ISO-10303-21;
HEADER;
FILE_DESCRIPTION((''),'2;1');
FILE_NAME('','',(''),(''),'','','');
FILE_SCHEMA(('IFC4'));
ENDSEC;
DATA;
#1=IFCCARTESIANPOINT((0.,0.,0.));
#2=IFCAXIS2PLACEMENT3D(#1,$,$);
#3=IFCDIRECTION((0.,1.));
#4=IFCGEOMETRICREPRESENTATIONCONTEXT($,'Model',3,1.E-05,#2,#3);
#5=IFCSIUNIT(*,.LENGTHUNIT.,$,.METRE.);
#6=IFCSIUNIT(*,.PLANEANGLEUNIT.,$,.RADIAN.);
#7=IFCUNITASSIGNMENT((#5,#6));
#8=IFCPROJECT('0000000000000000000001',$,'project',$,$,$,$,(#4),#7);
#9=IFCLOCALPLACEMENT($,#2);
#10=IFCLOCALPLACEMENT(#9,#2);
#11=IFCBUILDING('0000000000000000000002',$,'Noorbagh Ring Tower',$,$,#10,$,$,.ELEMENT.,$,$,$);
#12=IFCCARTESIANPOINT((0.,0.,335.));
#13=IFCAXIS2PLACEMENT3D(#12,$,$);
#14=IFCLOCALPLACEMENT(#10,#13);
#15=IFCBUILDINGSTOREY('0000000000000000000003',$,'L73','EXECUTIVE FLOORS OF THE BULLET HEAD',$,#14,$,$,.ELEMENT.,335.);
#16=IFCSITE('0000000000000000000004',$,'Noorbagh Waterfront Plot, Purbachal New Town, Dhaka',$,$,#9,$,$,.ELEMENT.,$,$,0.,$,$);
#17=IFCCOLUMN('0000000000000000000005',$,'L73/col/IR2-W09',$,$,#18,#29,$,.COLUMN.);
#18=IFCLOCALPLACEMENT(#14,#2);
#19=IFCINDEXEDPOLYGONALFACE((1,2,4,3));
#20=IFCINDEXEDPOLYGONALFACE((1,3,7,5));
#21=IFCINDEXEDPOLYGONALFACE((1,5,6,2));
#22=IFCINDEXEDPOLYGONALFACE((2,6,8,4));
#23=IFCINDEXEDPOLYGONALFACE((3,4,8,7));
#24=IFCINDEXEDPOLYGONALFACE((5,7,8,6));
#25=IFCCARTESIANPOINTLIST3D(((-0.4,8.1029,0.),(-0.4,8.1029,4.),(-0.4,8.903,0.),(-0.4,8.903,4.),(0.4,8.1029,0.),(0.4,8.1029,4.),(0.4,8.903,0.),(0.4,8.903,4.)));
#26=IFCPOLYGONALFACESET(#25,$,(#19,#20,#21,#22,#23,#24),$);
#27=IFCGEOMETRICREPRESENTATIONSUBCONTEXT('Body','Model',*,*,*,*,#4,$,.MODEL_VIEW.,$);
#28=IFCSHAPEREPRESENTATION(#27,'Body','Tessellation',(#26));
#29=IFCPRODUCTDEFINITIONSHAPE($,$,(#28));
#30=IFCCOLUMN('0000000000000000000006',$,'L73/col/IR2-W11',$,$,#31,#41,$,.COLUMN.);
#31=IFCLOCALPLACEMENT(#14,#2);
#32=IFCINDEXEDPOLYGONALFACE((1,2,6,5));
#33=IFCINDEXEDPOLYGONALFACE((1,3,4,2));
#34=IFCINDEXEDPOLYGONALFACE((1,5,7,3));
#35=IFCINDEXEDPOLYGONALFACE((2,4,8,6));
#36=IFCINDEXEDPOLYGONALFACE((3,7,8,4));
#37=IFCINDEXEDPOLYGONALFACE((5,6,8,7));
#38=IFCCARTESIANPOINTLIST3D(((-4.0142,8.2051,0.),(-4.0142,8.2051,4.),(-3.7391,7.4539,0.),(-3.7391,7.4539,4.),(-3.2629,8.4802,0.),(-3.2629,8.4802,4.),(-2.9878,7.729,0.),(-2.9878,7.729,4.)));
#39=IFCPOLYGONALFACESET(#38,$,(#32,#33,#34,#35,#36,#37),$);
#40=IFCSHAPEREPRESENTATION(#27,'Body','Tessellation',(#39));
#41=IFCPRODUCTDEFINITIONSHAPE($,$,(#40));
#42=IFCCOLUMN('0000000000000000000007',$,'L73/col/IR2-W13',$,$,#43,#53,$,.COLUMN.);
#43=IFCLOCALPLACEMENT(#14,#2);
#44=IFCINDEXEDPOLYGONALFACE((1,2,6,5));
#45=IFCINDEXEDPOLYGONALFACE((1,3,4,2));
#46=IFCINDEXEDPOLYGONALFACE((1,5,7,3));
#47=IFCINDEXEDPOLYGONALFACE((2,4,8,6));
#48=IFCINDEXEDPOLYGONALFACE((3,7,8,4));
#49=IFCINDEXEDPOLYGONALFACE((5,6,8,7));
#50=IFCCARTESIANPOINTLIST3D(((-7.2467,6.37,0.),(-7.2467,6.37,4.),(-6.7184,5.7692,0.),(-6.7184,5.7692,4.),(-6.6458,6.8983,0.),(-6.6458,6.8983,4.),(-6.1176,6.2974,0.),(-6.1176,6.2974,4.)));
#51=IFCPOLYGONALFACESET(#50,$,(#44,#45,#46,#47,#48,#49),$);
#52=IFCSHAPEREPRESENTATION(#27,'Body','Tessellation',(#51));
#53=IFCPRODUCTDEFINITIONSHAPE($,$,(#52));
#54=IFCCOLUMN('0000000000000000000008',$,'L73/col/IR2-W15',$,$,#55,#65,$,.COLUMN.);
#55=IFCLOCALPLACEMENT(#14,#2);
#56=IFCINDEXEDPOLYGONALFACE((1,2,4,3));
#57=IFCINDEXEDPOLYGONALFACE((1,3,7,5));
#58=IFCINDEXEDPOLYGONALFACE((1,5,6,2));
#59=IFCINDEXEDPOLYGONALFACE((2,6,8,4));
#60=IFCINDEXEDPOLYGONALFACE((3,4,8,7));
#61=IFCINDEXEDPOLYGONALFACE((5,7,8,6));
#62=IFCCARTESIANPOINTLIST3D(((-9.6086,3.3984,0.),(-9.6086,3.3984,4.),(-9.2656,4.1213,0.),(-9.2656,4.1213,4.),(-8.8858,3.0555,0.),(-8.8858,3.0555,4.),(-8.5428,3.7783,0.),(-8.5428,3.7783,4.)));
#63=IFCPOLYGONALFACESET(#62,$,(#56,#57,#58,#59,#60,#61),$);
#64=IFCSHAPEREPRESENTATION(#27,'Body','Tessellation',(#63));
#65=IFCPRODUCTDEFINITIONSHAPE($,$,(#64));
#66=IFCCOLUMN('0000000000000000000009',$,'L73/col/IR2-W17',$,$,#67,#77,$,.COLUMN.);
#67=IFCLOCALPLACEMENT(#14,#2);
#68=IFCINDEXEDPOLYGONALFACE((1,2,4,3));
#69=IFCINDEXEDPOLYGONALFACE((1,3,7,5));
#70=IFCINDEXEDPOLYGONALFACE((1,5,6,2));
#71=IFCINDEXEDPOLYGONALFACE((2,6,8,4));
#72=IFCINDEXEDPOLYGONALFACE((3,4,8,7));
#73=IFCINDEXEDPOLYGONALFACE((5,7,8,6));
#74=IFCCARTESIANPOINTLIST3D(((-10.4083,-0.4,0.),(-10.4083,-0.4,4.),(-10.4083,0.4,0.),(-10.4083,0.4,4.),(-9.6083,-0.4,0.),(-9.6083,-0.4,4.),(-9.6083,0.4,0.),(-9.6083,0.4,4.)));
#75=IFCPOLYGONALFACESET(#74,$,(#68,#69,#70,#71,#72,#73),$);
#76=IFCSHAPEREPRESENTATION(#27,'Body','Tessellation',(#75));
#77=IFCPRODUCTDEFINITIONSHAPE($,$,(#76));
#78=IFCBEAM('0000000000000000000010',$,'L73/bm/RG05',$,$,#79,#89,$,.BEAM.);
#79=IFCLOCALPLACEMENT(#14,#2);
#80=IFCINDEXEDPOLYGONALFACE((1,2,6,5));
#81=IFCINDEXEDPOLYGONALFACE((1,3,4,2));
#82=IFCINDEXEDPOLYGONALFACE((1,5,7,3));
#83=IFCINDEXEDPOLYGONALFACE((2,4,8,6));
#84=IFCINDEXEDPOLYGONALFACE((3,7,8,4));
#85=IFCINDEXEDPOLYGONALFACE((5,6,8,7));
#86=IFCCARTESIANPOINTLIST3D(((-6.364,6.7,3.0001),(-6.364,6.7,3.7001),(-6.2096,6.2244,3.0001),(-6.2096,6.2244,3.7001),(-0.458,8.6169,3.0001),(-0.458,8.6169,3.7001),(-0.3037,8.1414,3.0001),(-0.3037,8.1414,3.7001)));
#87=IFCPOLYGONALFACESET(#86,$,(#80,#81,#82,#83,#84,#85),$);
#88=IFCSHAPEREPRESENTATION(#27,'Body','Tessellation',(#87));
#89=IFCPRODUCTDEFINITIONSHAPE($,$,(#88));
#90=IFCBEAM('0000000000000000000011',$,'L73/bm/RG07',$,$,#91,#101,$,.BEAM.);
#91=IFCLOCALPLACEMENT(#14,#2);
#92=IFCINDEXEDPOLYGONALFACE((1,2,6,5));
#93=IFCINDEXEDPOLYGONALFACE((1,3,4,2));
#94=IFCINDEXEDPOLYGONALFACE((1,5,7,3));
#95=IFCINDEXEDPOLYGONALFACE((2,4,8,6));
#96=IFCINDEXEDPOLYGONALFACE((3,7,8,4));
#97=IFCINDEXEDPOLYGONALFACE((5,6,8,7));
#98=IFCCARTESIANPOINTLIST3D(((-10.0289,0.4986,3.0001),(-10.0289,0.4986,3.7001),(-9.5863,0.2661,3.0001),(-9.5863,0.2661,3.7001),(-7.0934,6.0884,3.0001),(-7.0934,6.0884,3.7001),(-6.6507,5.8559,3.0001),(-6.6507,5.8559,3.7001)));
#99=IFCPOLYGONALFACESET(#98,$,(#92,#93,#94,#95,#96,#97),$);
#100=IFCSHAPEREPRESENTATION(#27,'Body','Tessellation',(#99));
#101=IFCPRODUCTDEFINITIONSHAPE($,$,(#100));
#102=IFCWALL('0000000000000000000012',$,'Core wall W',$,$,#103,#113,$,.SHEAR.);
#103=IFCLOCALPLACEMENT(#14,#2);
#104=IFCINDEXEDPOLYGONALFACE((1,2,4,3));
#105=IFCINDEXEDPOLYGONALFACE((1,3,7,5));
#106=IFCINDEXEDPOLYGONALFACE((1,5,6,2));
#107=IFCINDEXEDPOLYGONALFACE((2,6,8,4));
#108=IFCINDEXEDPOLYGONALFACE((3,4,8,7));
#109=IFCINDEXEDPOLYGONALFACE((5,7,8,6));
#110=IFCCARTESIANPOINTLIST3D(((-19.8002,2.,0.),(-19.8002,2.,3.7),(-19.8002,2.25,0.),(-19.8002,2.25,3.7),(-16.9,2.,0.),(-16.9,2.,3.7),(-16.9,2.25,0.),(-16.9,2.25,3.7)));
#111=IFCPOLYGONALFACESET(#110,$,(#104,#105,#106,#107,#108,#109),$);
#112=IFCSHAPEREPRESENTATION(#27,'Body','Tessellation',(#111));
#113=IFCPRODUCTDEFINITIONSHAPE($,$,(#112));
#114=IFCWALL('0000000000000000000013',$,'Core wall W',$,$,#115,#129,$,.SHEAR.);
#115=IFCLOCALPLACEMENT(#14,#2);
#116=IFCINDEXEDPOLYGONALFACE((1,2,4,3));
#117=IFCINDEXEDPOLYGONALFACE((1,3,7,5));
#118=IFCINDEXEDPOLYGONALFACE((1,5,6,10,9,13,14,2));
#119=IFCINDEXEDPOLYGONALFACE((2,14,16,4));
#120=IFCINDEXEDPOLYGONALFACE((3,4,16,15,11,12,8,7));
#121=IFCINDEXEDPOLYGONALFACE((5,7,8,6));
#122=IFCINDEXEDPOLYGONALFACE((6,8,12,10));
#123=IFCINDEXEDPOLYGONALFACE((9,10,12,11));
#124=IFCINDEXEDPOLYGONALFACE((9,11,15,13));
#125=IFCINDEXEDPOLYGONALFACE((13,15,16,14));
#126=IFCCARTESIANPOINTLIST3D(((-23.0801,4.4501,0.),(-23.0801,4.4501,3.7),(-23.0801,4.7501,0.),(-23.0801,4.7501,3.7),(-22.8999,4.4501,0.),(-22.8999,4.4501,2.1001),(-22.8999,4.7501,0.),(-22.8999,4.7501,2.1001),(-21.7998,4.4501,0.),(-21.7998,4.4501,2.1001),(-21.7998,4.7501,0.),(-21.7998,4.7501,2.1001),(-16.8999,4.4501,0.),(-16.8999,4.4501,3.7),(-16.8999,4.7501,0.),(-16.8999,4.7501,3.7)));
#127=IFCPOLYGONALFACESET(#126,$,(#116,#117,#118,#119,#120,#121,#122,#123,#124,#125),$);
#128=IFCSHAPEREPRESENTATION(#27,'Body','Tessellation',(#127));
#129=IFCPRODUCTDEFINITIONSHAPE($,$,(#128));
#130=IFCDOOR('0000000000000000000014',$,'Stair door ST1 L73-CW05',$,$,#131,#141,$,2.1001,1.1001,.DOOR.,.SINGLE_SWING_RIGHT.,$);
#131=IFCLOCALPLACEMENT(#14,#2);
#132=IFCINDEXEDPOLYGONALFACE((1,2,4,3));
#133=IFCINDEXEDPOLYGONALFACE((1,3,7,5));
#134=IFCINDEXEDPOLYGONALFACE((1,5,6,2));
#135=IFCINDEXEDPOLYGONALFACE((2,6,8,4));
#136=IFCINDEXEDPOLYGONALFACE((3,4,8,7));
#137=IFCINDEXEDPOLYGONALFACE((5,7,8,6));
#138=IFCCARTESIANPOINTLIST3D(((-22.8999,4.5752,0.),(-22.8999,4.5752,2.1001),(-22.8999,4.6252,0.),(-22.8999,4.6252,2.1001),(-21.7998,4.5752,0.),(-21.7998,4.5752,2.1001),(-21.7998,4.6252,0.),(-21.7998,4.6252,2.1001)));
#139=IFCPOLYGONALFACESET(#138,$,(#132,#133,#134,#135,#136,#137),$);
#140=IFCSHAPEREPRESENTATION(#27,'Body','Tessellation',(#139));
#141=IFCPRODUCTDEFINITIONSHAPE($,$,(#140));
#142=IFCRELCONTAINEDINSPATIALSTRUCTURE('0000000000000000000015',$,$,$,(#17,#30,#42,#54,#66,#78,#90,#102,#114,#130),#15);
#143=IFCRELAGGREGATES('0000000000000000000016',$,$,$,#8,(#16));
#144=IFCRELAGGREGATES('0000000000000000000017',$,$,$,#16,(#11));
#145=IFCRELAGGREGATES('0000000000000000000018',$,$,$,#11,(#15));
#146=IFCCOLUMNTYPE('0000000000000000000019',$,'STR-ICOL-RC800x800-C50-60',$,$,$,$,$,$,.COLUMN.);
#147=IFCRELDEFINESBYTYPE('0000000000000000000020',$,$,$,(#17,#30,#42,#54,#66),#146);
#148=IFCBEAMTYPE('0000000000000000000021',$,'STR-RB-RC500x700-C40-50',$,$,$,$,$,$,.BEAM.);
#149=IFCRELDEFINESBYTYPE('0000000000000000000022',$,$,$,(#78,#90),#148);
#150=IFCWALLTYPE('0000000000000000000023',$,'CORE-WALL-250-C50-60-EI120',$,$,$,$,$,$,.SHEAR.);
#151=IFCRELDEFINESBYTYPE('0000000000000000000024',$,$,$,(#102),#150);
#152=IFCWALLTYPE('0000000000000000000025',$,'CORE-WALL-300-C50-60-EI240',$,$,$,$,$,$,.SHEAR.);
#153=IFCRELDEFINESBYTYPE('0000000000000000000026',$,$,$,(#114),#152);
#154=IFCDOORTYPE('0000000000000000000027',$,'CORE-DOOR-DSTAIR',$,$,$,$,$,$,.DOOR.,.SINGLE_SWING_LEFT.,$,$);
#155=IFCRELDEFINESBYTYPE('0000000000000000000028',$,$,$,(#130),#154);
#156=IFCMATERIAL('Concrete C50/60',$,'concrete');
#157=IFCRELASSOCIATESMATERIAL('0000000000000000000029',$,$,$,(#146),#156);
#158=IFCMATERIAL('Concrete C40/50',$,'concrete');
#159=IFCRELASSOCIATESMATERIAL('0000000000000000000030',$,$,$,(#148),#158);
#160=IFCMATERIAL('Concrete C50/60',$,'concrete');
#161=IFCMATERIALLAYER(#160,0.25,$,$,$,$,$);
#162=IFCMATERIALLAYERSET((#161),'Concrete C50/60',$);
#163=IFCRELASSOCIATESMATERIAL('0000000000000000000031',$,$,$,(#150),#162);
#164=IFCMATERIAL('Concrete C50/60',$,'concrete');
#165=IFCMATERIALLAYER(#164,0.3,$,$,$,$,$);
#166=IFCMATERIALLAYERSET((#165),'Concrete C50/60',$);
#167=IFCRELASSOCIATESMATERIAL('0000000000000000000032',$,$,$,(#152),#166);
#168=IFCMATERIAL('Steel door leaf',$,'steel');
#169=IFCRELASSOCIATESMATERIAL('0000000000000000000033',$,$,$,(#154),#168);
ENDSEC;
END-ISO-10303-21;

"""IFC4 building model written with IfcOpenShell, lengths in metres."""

from ifc_helpers import new_model, si_unit, direction, frame, frame_2d, origin, origin_2d, place, context, subcontext, project, spatial, rectangle, extrude, material, layer, layer_set, material_profile, profile_set, type_object, element, fill, save


model = new_model("IFC4")

# Units and contexts
model_context = context("Model", 3, precision=1e-05, world=origin(), true_north=direction((0.0, 1.0)))
body_context = subcontext(model_context, "Body", "Model", "MODEL_VIEW")
ifc_project = project(units=[si_unit("LENGTHUNIT", "METRE"), si_unit("PLANEANGLEUNIT", "RADIAN")], contexts=[model_context])

# Site, building, storey
site_placement = place(None, origin())
site = spatial("IfcSite", under=ifc_project, at=site_placement, Name="Noorbagh Waterfront Plot, Purbachal New Town, Dhaka", CompositionType="ELEMENT", RefElevation=0.0)
building_placement = place(site_placement, origin())
building = spatial("IfcBuilding", under=site, at=building_placement, Name="Noorbagh Ring Tower", CompositionType="ELEMENT")
storey_placement = place(building_placement, frame((0.0, 0.0, 335.0)))
storey = spatial("IfcBuildingStorey", under=building, at=storey_placement, Name="L73", Description="EXECUTIVE FLOORS OF THE BULLET HEAD", CompositionType="ELEMENT", Elevation=335.0)

# Columns
ifc_material_1 = material(Name="Concrete C50/60", Category="concrete")
ifc_material_profile_1 = material_profile(ifc_material_1, rectangle(XDim=0.8, YDim=0.8, at=origin_2d()), Name="RC800x800")
ifc_profile_set_1 = profile_set([ifc_material_profile_1], Name="Concrete C50/60")
column_type = type_object("IfcColumnType", Name="STR-ICOL-RC800x800-C50-60", PredefinedType="COLUMN", material=ifc_profile_set_1)
for number, where, z_axis, x_axis, name in (
    (1, (0.0, 8.5029, 0.0), (0.0, 0.0, 1.0), (-1.0, 0.0, 0.0), "L73/col/IR2-W09"),
    (2, (-3.501, 7.967, 0.0), (0.0, 0.0, 1.0), (-0.93902, -0.343864, 0.0), "L73/col/IR2-W11"),
    (3, (-6.6821, 6.3337, 0.0), (0.0, 0.0, 1.0), (-0.751022, -0.660277, 0.0), "L73/col/IR2-W13"),
    (4, (-9.0757, 3.5884, 0.0), (0.0, 0.0, 1.0), (-0.428667, -0.903463, 0.0), "L73/col/IR2-W15"),
    (5, (-10.0083, 0.0, 0.0), (0.0, 0.0, 1.0), (0.0, -1.0, 0.0), "L73/col/IR2-W17"),
):
    element("IfcColumn", number, at=place(storey_placement, frame(where, z_axis=z_axis, x_axis=x_axis)), inside=storey, type_object=column_type, Name=name, PredefinedType="COLUMN", context=body_context, shape_type="SweptSolid", body=[
        extrude(rectangle(XDim=0.8, YDim=0.8, at=origin_2d()), origin(), (0.0, 0.0, 1.0), 4.0),
    ])

# Beams
ifc_material_2 = material(Name="Concrete C40/50", Category="concrete")
ifc_material_profile_2 = material_profile(ifc_material_2, rectangle(XDim=0.5, YDim=0.7, at=origin_2d()), Name="RC500x700")
ifc_profile_set_2 = profile_set([ifc_material_profile_2], Name="Concrete C40/50")
beam_type = type_object("IfcBeamType", Name="STR-RB-RC500x700-C40-50", PredefinedType="BEAM", material=ifc_profile_set_2)
beam_1_placement = place(storey_placement, frame((-0.3809, 8.3792, 3.3501), z_axis=(-0.95115, -0.308728, 0.0), x_axis=(0.308728, -0.95115, 0.0)))
element("IfcBeam", 6, at=beam_1_placement, inside=storey, type_object=beam_type, Name="L73/bm/RG05", PredefinedType="BEAM", context=body_context, shape_type="SweptSolid", body=[
    extrude(rectangle(XDim=0.5, YDim=0.7, at=origin_2d()), origin(), (0.0, 0.0, 1.0), 6.2092),
])
beam_2_placement = place(storey_placement, frame((-6.8721, 5.9722, 3.3501), z_axis=(-0.464943, -0.885341, 0.0), x_axis=(0.885341, -0.464943, 0.0)))
element("IfcBeam", 7, at=beam_2_placement, inside=storey, type_object=beam_type, Name="L73/bm/RG07", PredefinedType="BEAM", context=body_context, shape_type="SweptSolid", body=[
    extrude(rectangle(XDim=0.5, YDim=0.7, at=origin_2d()), origin(), (0.0, 0.0, 1.0), 6.3137),
])

# Wall
ifc_material_3 = material(Name="Concrete C50/60", Category="concrete")
ifc_layer_1 = layer(ifc_material_3, 0.25)
ifc_layer_set_1 = layer_set([ifc_layer_1], Name="Concrete C50/60")
wall_type_1 = type_object("IfcWallType", Name="CORE-WALL-250-C50-60-EI120", PredefinedType="SHEAR", material=ifc_layer_set_1)
wall_1_placement = place(storey_placement, frame((-16.8999, 2.125, 0.0), z_axis=(0.0, 0.0, 1.0), x_axis=(-1.0, 0.0, 0.0)))
element("IfcWall", 8, at=wall_1_placement, inside=storey, type_object=wall_type_1, Name="Core wall W", PredefinedType="SHEAR", context=body_context, shape_type="SweptSolid", body=[
    extrude(rectangle(XDim=2.9001, YDim=0.25, at=frame_2d((1.4502, 0.0))), origin(), (0.0, 0.0, 1.0), 3.7),
])

# Wall, opening, door
ifc_material_4 = material(Name="Concrete C50/60", Category="concrete")
ifc_layer_2 = layer(ifc_material_4, 0.3)
ifc_layer_set_2 = layer_set([ifc_layer_2], Name="Concrete C50/60")
wall_type_2 = type_object("IfcWallType", Name="CORE-WALL-300-C50-60-EI240", PredefinedType="SHEAR", material=ifc_layer_set_2)
wall_2_placement = place(storey_placement, frame((-16.8999, 4.6001, 0.0), z_axis=(0.0, 0.0, 1.0), x_axis=(-1.0, 0.0, 0.0)))
wall_2 = element("IfcWall", 9, at=wall_2_placement, inside=storey, type_object=wall_type_2, Name="Core wall W", PredefinedType="SHEAR", context=body_context, shape_type="SweptSolid", body=[
    extrude(rectangle(XDim=6.1802, YDim=0.3, at=frame_2d((3.0901, 0.0))), origin(), (0.0, 0.0, 1.0), 3.7),
])
opening_1_placement = place(wall_2_placement, frame((4.8999, 0.0, 0.0)))
opening_1 = element("IfcOpeningElement", 10, at=opening_1_placement, cuts=wall_2, PredefinedType="OPENING", context=body_context, shape_type="SweptSolid", body=[
    extrude(rectangle(XDim=1.1001, YDim=2.1001, at=frame_2d((0.55, 1.05))), frame((0.0, 0.1602, 0.0), z_axis=(0.0, -1.0, 0.0), x_axis=(1.0, 0.0, 0.0)), (0.0, 0.0, 1.0), 0.3201),
])
ifc_material_5 = material(Name="Steel door leaf", Category="steel")
door_type_1 = type_object("IfcDoorType", Name="CORE-DOOR-DSTAIR", OperationType="SINGLE_SWING_LEFT", PredefinedType="DOOR", material=ifc_material_5)
door_1_placement = place(opening_1_placement, origin())
door_1 = element("IfcDoor", 11, at=door_1_placement, inside=storey, type_object=door_type_1, Name="Stair door ST1 L73-CW05", OperationType="SINGLE_SWING_RIGHT", OverallHeight=2.1001, OverallWidth=1.1001, PredefinedType="DOOR", context=body_context, shape_type="SweptSolid", body=[
    extrude(rectangle(XDim=1.1001, YDim=2.1001, at=frame_2d((0.55, 1.05))), frame((0.0, 0.0249, 0.0), z_axis=(0.0, -1.0, 0.0), x_axis=(1.0, 0.0, 0.0)), (0.0, 0.0, 1.0), 0.05),
])
fill(opening_1, door_1)

save(model, "model.ifc")
